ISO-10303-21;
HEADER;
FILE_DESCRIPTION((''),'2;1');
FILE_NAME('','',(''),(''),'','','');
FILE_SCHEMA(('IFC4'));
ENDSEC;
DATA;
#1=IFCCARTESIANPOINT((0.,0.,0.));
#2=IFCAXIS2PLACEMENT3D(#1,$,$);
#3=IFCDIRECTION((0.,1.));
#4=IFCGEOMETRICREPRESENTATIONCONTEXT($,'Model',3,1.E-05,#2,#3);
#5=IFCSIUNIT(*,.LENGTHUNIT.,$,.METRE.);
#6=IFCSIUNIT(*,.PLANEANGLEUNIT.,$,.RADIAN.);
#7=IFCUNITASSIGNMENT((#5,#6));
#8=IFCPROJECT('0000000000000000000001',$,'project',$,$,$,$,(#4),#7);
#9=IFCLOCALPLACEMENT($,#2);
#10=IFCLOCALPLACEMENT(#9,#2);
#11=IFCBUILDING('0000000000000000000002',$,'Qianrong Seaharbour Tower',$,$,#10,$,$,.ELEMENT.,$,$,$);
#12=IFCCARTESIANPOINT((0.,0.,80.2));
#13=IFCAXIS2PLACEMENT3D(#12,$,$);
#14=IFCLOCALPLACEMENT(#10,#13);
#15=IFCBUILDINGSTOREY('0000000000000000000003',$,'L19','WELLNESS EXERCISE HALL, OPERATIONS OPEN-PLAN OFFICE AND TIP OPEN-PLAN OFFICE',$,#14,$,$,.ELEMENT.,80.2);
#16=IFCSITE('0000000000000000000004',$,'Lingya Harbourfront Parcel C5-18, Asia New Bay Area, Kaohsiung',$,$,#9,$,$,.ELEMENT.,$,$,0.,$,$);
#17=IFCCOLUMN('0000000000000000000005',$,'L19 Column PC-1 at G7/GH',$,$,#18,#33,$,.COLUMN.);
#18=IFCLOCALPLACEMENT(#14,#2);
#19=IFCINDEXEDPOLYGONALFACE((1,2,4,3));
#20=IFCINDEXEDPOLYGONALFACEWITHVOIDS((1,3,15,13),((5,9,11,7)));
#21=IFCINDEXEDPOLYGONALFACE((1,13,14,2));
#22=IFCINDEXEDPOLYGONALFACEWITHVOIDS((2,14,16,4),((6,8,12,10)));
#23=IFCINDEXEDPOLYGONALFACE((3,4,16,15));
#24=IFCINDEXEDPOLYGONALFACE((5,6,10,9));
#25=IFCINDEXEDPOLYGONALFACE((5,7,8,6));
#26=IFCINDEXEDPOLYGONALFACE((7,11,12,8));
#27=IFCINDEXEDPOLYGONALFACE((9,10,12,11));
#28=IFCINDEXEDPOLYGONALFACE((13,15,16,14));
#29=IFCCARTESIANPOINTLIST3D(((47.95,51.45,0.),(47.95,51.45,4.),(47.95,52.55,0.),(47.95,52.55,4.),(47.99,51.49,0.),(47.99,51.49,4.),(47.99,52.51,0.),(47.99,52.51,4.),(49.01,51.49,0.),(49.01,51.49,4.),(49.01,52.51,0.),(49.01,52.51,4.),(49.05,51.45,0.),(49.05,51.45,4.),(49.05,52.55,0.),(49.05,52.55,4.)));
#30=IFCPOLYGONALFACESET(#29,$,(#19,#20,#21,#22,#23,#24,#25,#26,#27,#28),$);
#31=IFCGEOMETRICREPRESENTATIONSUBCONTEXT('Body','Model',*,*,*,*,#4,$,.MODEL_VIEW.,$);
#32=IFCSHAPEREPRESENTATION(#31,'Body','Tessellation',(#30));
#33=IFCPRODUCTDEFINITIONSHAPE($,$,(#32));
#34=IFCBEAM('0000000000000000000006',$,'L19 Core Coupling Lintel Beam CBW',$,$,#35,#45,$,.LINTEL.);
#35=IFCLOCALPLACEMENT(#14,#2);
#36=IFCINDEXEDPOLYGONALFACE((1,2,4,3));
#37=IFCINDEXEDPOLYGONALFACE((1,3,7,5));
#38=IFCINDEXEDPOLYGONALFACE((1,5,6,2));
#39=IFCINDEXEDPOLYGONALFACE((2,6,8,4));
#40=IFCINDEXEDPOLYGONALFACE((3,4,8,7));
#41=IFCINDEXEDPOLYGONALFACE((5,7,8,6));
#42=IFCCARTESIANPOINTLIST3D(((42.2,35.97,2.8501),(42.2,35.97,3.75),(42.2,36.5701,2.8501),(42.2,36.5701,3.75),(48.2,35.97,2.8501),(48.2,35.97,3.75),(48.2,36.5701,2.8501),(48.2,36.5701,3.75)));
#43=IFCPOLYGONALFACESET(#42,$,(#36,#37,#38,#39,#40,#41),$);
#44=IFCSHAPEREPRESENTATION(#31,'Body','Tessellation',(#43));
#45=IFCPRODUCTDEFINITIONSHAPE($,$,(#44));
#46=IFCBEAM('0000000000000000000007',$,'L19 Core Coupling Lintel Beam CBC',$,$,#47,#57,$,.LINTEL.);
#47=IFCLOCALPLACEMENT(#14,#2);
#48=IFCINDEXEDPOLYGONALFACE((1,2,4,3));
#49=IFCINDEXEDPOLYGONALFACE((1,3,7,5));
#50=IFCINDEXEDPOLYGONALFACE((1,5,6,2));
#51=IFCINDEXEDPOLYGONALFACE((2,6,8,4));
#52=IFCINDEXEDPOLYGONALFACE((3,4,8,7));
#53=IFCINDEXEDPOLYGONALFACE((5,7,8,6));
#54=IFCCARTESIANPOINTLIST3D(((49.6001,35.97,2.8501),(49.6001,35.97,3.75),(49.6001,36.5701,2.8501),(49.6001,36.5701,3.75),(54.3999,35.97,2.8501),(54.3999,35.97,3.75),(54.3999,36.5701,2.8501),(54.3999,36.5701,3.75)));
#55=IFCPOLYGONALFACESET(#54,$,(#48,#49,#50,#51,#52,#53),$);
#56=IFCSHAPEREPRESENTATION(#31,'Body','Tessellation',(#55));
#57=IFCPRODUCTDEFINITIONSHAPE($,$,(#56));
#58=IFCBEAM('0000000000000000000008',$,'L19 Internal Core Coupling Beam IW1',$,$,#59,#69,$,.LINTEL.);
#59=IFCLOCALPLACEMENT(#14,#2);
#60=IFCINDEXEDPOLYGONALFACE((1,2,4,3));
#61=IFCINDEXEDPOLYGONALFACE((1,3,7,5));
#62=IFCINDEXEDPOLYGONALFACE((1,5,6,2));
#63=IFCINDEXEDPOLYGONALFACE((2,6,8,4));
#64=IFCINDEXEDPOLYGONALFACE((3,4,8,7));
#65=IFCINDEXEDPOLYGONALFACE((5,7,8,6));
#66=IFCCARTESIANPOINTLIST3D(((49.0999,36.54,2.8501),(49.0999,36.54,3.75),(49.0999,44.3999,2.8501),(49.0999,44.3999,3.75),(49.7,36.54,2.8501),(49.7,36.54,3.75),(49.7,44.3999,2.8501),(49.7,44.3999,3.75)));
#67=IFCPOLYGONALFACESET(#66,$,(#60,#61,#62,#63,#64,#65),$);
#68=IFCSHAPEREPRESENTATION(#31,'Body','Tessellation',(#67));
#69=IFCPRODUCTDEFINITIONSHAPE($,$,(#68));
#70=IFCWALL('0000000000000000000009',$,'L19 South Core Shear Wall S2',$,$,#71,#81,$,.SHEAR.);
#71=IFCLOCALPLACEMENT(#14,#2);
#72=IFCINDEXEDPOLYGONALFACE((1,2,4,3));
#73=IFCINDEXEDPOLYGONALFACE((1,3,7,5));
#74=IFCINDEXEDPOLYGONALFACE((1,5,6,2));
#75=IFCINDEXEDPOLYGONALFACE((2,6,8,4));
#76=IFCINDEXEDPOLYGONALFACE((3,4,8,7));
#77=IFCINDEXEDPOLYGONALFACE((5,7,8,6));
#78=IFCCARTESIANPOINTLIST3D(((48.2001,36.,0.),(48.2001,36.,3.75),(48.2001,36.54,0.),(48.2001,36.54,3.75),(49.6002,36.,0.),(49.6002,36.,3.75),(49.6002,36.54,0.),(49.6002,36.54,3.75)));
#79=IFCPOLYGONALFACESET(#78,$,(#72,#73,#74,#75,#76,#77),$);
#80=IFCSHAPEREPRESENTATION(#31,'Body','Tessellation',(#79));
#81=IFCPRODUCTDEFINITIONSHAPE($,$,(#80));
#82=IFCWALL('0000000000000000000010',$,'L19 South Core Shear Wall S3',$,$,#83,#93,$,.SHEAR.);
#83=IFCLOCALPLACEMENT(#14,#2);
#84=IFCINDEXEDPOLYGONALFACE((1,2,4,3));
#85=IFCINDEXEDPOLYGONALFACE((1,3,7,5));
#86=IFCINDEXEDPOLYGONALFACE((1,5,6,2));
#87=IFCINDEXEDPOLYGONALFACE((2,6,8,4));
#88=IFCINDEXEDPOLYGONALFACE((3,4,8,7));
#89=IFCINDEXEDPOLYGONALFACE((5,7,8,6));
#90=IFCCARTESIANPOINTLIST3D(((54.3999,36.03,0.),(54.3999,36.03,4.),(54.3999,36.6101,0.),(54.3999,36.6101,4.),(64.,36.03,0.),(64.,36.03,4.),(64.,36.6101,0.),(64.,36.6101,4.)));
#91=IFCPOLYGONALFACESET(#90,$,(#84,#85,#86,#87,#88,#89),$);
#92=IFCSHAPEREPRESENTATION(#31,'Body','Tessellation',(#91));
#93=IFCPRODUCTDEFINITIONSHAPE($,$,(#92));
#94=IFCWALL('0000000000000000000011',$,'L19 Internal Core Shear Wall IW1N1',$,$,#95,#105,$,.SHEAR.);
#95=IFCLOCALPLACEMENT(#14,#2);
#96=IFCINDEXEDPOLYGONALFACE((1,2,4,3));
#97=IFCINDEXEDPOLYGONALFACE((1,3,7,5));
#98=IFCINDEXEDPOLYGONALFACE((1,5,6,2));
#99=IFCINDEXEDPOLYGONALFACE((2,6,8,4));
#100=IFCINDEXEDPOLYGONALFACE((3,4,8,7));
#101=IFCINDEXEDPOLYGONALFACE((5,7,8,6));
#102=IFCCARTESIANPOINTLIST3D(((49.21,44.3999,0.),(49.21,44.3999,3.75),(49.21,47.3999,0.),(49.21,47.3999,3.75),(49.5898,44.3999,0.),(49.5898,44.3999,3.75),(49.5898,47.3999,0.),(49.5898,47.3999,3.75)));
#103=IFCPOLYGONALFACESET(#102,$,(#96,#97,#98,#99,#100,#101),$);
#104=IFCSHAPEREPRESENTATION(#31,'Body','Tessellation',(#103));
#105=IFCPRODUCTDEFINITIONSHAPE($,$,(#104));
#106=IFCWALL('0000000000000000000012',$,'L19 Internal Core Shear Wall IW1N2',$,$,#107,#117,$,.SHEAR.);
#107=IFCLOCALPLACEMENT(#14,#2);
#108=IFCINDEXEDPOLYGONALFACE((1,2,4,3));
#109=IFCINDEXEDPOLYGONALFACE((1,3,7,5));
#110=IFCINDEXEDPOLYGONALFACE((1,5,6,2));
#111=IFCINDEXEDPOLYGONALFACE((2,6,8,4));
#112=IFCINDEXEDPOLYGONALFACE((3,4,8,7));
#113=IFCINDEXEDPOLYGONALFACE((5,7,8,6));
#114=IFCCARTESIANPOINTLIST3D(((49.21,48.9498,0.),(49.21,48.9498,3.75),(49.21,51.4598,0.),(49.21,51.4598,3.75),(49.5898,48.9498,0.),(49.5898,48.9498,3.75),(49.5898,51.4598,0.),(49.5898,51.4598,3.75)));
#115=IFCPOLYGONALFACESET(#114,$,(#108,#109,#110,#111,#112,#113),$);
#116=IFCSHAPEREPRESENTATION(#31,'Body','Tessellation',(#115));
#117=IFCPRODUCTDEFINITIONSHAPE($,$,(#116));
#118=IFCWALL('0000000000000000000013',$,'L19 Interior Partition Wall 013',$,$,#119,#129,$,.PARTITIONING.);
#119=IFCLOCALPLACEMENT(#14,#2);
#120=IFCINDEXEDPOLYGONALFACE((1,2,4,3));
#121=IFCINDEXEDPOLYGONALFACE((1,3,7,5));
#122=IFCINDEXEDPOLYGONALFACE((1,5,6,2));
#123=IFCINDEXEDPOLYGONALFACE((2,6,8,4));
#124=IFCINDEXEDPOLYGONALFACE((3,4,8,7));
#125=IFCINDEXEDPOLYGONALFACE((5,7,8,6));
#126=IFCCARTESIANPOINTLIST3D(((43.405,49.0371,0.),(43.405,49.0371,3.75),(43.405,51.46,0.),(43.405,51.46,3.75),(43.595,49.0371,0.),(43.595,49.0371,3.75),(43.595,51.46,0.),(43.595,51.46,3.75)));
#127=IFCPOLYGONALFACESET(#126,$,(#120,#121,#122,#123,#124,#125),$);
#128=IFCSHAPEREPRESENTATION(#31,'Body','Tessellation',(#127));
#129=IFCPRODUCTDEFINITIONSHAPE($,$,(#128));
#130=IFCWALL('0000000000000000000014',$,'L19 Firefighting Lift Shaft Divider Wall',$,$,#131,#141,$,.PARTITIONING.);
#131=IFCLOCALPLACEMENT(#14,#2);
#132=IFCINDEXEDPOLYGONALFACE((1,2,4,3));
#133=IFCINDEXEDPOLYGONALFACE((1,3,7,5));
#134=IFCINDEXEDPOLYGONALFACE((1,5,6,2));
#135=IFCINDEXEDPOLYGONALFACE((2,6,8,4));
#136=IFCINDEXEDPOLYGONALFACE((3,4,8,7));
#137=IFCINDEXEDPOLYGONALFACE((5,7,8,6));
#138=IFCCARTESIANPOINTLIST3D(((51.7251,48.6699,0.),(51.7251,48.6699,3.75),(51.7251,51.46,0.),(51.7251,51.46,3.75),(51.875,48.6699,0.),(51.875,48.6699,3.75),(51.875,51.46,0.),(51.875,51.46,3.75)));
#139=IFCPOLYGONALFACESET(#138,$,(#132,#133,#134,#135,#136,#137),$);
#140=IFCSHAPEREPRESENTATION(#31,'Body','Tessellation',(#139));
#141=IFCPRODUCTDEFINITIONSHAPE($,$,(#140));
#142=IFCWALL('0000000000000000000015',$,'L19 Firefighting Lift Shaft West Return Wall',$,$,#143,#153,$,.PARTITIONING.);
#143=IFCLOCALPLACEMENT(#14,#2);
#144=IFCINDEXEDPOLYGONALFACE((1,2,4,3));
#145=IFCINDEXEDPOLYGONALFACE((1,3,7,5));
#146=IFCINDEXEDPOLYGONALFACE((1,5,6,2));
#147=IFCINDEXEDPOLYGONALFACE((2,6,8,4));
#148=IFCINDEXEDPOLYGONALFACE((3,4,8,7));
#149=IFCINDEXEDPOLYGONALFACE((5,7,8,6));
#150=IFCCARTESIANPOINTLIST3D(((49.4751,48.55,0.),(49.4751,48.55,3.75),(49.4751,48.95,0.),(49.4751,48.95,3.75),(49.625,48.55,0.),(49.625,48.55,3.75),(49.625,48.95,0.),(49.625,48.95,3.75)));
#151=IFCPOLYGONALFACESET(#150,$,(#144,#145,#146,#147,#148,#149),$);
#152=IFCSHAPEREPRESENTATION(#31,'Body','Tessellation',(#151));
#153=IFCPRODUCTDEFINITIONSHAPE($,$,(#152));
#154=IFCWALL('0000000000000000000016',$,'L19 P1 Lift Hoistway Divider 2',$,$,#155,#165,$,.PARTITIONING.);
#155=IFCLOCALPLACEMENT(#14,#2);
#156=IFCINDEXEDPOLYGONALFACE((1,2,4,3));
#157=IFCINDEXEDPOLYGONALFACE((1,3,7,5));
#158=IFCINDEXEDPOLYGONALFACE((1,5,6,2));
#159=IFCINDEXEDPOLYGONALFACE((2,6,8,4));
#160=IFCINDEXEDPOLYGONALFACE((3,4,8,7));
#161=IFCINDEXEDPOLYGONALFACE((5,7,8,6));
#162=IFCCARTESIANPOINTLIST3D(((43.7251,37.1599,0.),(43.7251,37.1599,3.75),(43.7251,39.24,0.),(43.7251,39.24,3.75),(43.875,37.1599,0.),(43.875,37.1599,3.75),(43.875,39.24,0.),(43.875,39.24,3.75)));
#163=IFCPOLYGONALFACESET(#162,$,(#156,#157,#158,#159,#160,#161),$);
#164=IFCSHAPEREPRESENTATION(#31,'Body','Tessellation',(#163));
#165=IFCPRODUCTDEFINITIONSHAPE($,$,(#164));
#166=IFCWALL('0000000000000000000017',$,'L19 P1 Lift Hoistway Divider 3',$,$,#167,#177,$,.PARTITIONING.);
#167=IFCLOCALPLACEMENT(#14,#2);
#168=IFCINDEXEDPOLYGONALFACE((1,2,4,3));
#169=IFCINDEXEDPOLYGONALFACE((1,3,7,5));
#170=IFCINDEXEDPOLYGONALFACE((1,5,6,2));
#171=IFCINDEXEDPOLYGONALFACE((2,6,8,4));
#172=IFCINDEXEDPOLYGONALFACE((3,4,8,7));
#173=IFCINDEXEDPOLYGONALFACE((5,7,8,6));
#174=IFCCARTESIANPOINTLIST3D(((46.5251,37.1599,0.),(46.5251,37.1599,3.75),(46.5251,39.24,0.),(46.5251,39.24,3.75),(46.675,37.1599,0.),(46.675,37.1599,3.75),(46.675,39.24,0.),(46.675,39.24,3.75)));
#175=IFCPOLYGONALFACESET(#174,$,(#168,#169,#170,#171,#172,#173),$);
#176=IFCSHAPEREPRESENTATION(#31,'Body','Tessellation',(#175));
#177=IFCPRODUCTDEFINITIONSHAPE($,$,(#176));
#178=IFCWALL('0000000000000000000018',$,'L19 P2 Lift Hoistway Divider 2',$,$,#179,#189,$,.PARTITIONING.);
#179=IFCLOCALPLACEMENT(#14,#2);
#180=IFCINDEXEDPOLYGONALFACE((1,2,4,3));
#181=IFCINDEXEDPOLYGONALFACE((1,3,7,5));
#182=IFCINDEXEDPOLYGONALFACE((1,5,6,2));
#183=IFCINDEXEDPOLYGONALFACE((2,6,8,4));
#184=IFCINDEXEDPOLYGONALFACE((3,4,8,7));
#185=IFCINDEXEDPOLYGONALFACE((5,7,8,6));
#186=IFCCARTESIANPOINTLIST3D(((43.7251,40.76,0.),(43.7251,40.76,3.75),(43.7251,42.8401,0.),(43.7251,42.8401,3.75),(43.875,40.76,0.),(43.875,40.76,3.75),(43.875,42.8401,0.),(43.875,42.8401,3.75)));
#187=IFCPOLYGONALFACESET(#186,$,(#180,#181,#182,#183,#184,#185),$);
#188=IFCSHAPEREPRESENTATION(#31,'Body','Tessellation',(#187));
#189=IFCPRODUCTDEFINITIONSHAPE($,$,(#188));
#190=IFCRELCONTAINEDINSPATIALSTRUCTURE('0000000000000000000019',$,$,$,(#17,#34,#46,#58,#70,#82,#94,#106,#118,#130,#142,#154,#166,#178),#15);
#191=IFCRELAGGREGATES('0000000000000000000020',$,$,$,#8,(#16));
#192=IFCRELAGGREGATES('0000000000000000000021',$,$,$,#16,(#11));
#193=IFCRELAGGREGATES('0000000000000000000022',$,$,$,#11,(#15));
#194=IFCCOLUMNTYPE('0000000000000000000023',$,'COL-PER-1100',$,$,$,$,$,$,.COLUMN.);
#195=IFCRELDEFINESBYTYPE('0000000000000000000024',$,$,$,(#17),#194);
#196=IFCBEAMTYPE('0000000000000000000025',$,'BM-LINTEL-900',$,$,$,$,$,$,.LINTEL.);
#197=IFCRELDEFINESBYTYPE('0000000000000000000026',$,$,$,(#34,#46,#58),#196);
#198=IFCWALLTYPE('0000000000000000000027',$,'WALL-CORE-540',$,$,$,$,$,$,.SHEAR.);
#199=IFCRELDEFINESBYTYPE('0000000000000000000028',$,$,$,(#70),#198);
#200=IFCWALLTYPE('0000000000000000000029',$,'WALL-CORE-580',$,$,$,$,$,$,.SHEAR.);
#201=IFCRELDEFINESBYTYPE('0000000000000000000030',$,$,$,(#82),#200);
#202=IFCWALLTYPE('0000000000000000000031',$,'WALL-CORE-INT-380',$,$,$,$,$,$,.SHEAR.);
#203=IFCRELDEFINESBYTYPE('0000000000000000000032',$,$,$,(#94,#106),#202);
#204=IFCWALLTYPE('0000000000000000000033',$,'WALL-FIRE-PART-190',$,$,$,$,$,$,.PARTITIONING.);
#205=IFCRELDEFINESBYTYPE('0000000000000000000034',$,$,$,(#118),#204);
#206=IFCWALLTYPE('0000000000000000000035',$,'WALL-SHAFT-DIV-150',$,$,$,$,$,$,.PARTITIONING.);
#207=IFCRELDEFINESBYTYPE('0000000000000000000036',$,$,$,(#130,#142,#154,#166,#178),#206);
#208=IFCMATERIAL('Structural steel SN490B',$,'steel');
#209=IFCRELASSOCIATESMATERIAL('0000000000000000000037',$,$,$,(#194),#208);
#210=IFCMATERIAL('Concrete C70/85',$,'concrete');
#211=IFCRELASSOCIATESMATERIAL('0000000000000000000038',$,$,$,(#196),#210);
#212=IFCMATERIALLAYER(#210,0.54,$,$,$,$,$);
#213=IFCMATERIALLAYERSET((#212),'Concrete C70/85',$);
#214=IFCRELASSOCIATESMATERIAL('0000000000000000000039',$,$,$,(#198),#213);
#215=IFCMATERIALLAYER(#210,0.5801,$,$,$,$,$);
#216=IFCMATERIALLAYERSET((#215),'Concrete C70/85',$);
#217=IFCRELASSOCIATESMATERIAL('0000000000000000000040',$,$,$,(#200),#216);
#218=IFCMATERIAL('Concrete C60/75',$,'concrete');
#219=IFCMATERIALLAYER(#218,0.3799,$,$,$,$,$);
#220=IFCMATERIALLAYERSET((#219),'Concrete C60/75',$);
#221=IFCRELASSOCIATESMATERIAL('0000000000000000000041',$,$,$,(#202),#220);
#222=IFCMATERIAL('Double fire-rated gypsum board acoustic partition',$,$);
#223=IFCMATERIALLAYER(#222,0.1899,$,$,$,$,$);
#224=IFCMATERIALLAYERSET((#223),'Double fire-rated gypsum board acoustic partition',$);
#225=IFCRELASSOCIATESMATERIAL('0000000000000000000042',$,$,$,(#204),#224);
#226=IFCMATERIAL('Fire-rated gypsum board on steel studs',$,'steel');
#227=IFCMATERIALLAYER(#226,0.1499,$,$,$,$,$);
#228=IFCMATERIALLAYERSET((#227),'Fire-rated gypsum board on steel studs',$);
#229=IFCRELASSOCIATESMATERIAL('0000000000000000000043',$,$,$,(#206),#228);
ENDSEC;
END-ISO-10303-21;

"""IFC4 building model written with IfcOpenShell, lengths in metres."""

from ifc_helpers import new_model, si_unit, direction, frame, frame_2d, origin, origin_2d, place, context, subcontext, project, spatial, rectangle, hollow_rectangle, extrude, material, layer, layer_set, material_profile, profile_set, type_object, element, save


model = new_model("IFC4")

# Units and contexts
model_context = context("Model", 3, precision=1e-05, world=origin(), true_north=direction((0.0, 1.0)))
body_context = subcontext(model_context, "Body", "Model", "MODEL_VIEW")
ifc_project = project(units=[si_unit("LENGTHUNIT", "METRE"), si_unit("PLANEANGLEUNIT", "RADIAN")], contexts=[model_context])

# Site, building, storey
site_placement = place(None, origin())
site = spatial("IfcSite", under=ifc_project, at=site_placement, Name="Lingya Harbourfront Parcel C5-18, Asia New Bay Area, Kaohsiung", CompositionType="ELEMENT", RefElevation=0.0)
building_placement = place(site_placement, origin())
building = spatial("IfcBuilding", under=site, at=building_placement, Name="Qianrong Seaharbour Tower", CompositionType="ELEMENT")
storey_placement = place(building_placement, frame((0.0, 0.0, 80.2)))
storey = spatial("IfcBuildingStorey", under=building, at=storey_placement, Name="L19", Description="WELLNESS EXERCISE HALL, OPERATIONS OPEN-PLAN OFFICE AND TIP OPEN-PLAN OFFICE", CompositionType="ELEMENT", Elevation=80.2)

# Column
ifc_material_1 = material(Name="Structural steel SN490B", Category="steel")
ifc_material_profile_1 = material_profile(ifc_material_1, hollow_rectangle(XDim=1.1001, YDim=1.1001, WallThickness=0.04, at=origin_2d()), Name="BOX1100x1100x40")
ifc_profile_set_1 = profile_set([ifc_material_profile_1], Name="Structural steel SN490B")
column_type = type_object("IfcColumnType", Name="COL-PER-1100", PredefinedType="COLUMN", material=ifc_profile_set_1)
column_placement = place(storey_placement, frame((48.5, 52.0, 0.0), z_axis=(0.0, 0.0, 1.0), x_axis=(1.0, 0.0, 0.0)))
element("IfcColumn", 1, at=column_placement, inside=storey, type_object=column_type, Name="L19 Column PC-1 at G7/GH", PredefinedType="COLUMN", context=body_context, shape_type="SweptSolid", body=[
    extrude(hollow_rectangle(XDim=1.1001, YDim=1.1001, WallThickness=0.04, at=origin_2d()), origin(), (0.0, 0.0, 1.0), 4.0),
])

# Beams
ifc_material_2 = material(Name="Concrete C70/85", Category="concrete")
ifc_material_profile_2 = material_profile(ifc_material_2, rectangle(XDim=0.6001, YDim=0.8999, at=origin_2d()), Name="RC600x900")
ifc_profile_set_2 = profile_set([ifc_material_profile_2], Name="Concrete C70/85")
beam_type = type_object("IfcBeamType", Name="BM-LINTEL-900", PredefinedType="LINTEL", material=ifc_profile_set_2)
beam_1_placement = place(storey_placement, frame((42.2, 36.27, 3.3), z_axis=(1.0, 0.0, 0.0), x_axis=(0.0, 1.0, 0.0)))
element("IfcBeam", 2, at=beam_1_placement, inside=storey, type_object=beam_type, Name="L19 Core Coupling Lintel Beam CBW", PredefinedType="LINTEL", context=body_context, shape_type="SweptSolid", body=[
    extrude(rectangle(XDim=0.6001, YDim=0.8999, at=origin_2d()), origin(), (0.0, 0.0, 1.0), 6.0),
])
beam_2_placement = place(storey_placement, frame((49.6001, 36.27, 3.3), z_axis=(1.0, 0.0, 0.0), x_axis=(0.0, 1.0, 0.0)))
element("IfcBeam", 3, at=beam_2_placement, inside=storey, type_object=beam_type, Name="L19 Core Coupling Lintel Beam CBC", PredefinedType="LINTEL", context=body_context, shape_type="SweptSolid", body=[
    extrude(rectangle(XDim=0.6001, YDim=0.8999, at=origin_2d()), origin(), (0.0, 0.0, 1.0), 4.7998),
])
beam_3_placement = place(storey_placement, frame((49.3999, 36.54, 3.3), z_axis=(0.0, 1.0, 0.0), x_axis=(-1.0, 0.0, 0.0)))
element("IfcBeam", 4, at=beam_3_placement, inside=storey, type_object=beam_type, Name="L19 Internal Core Coupling Beam IW1", PredefinedType="LINTEL", context=body_context, shape_type="SweptSolid", body=[
    extrude(rectangle(XDim=0.6001, YDim=0.8999, at=origin_2d()), origin(), (0.0, 0.0, 1.0), 7.8599),
])

# Walls
ifc_layer_1 = layer(ifc_material_2, 0.54)
ifc_layer_set_1 = layer_set([ifc_layer_1], Name="Concrete C70/85")
wall_type_1 = type_object("IfcWallType", Name="WALL-CORE-540", PredefinedType="SHEAR", material=ifc_layer_set_1)
wall_1_placement = place(storey_placement, frame((48.2, 36.27, 0.0), z_axis=(0.0, 0.0, 1.0), x_axis=(1.0, 0.0, 0.0)))
element("IfcWall", 5, at=wall_1_placement, inside=storey, type_object=wall_type_1, Name="L19 South Core Shear Wall S2", PredefinedType="SHEAR", context=body_context, shape_type="SweptSolid", body=[
    extrude(rectangle(XDim=1.4001, YDim=0.54, at=frame_2d((0.7002, 0.0))), origin(), (0.0, 0.0, 1.0), 3.75),
])
ifc_layer_2 = layer(ifc_material_2, 0.5801)
ifc_layer_set_2 = layer_set([ifc_layer_2], Name="Concrete C70/85")
wall_type_2 = type_object("IfcWallType", Name="WALL-CORE-580", PredefinedType="SHEAR", material=ifc_layer_set_2)
wall_2_placement = place(storey_placement, frame((54.3999, 36.3201, 0.0), z_axis=(0.0, 0.0, 1.0), x_axis=(1.0, 0.0, 0.0)))
element("IfcWall", 6, at=wall_2_placement, inside=storey, type_object=wall_type_2, Name="L19 South Core Shear Wall S3", PredefinedType="SHEAR", context=body_context, shape_type="SweptSolid", body=[
    extrude(rectangle(XDim=9.6001, YDim=0.5801, at=frame_2d((4.8, 0.0))), origin(), (0.0, 0.0, 1.0), 4.0),
])
ifc_material_3 = material(Name="Concrete C60/75", Category="concrete")
ifc_layer_3 = layer(ifc_material_3, 0.3799)
ifc_layer_set_3 = layer_set([ifc_layer_3], Name="Concrete C60/75")
wall_type_3 = type_object("IfcWallType", Name="WALL-CORE-INT-380", PredefinedType="SHEAR", material=ifc_layer_set_3)
wall_3_placement = place(storey_placement, frame((49.3999, 44.3999, 0.0), z_axis=(0.0, 0.0, 1.0), x_axis=(0.0, 1.0, 0.0)))
element("IfcWall", 7, at=wall_3_placement, inside=storey, type_object=wall_type_3, Name="L19 Internal Core Shear Wall IW1N1", PredefinedType="SHEAR", context=body_context, shape_type="SweptSolid", body=[
    extrude(rectangle(XDim=3.0, YDim=0.3799, at=frame_2d((1.5, 0.0))), origin(), (0.0, 0.0, 1.0), 3.75),
])
wall_4_placement = place(storey_placement, frame((49.3999, 48.95, 0.0), z_axis=(0.0, 0.0, 1.0), x_axis=(0.0, 1.0, 0.0)))
element("IfcWall", 8, at=wall_4_placement, inside=storey, type_object=wall_type_3, Name="L19 Internal Core Shear Wall IW1N2", PredefinedType="SHEAR", context=body_context, shape_type="SweptSolid", body=[
    extrude(rectangle(XDim=2.51, YDim=0.3799, at=frame_2d((1.2549, 0.0))), origin(), (0.0, 0.0, 1.0), 3.75),
])
ifc_material_4 = material(Name="Double fire-rated gypsum board acoustic partition")
ifc_layer_4 = layer(ifc_material_4, 0.1899)
ifc_layer_set_4 = layer_set([ifc_layer_4], Name="Double fire-rated gypsum board acoustic partition")
wall_type_4 = type_object("IfcWallType", Name="WALL-FIRE-PART-190", PredefinedType="PARTITIONING", material=ifc_layer_set_4)
wall_5_placement = place(storey_placement, frame((43.5, 51.46, 0.0), z_axis=(0.0, 0.0, 1.0), x_axis=(0.0, -1.0, 0.0)))
element("IfcWall", 9, at=wall_5_placement, inside=storey, type_object=wall_type_4, Name="L19 Interior Partition Wall 013", PredefinedType="PARTITIONING", context=body_context, shape_type="SweptSolid", body=[
    extrude(rectangle(XDim=2.4229, YDim=0.1899, at=frame_2d((1.2114, 0.0))), origin(), (0.0, 0.0, 1.0), 3.75),
])
ifc_material_5 = material(Name="Fire-rated gypsum board on steel studs", Category="steel")
ifc_layer_5 = layer(ifc_material_5, 0.1499)
ifc_layer_set_5 = layer_set([ifc_layer_5], Name="Fire-rated gypsum board on steel studs")
wall_type_5 = type_object("IfcWallType", Name="WALL-SHAFT-DIV-150", PredefinedType="PARTITIONING", material=ifc_layer_set_5)
wall_6_placement = place(storey_placement, frame((51.8, 48.6699, 0.0), z_axis=(0.0, 0.0, 1.0), x_axis=(0.0, 1.0, 0.0)))
element("IfcWall", 10, at=wall_6_placement, inside=storey, type_object=wall_type_5, Name="L19 Firefighting Lift Shaft Divider Wall", PredefinedType="PARTITIONING", context=body_context, shape_type="SweptSolid", body=[
    extrude(rectangle(XDim=2.79, YDim=0.1499, at=frame_2d((1.395, 0.0))), origin(), (0.0, 0.0, 1.0), 3.75),
])
wall_7_placement = place(storey_placement, frame((49.55, 48.55, 0.0), z_axis=(0.0, 0.0, 1.0), x_axis=(0.0, 1.0, 0.0)))
element("IfcWall", 11, at=wall_7_placement, inside=storey, type_object=wall_type_5, Name="L19 Firefighting Lift Shaft West Return Wall", PredefinedType="PARTITIONING", context=body_context, shape_type="SweptSolid", body=[
    extrude(rectangle(XDim=0.3999, YDim=0.1499, at=frame_2d((0.2, 0.0))), origin(), (0.0, 0.0, 1.0), 3.75),
])
for number, where, z_axis, x_axis, name in (
    (12, (43.8, 37.1599, 0.0), (0.0, 0.0, 1.0), (0.0, 1.0, 0.0), "L19 P1 Lift Hoistway Divider 2"),
    (13, (46.6001, 37.1599, 0.0), (0.0, 0.0, 1.0), (0.0, 1.0, 0.0), "L19 P1 Lift Hoistway Divider 3"),
    (14, (43.8, 40.76, 0.0), (0.0, 0.0, 1.0), (0.0, 1.0, 0.0), "L19 P2 Lift Hoistway Divider 2"),
):
    element("IfcWall", number, at=place(storey_placement, frame(where, z_axis=z_axis, x_axis=x_axis)), inside=storey, type_object=wall_type_5, Name=name, PredefinedType="PARTITIONING", context=body_context, shape_type="SweptSolid", body=[
        extrude(rectangle(XDim=2.0801, YDim=0.1499, at=frame_2d((1.04, 0.0))), origin(), (0.0, 0.0, 1.0), 3.75),
    ])

save(model, "model.ifc")
